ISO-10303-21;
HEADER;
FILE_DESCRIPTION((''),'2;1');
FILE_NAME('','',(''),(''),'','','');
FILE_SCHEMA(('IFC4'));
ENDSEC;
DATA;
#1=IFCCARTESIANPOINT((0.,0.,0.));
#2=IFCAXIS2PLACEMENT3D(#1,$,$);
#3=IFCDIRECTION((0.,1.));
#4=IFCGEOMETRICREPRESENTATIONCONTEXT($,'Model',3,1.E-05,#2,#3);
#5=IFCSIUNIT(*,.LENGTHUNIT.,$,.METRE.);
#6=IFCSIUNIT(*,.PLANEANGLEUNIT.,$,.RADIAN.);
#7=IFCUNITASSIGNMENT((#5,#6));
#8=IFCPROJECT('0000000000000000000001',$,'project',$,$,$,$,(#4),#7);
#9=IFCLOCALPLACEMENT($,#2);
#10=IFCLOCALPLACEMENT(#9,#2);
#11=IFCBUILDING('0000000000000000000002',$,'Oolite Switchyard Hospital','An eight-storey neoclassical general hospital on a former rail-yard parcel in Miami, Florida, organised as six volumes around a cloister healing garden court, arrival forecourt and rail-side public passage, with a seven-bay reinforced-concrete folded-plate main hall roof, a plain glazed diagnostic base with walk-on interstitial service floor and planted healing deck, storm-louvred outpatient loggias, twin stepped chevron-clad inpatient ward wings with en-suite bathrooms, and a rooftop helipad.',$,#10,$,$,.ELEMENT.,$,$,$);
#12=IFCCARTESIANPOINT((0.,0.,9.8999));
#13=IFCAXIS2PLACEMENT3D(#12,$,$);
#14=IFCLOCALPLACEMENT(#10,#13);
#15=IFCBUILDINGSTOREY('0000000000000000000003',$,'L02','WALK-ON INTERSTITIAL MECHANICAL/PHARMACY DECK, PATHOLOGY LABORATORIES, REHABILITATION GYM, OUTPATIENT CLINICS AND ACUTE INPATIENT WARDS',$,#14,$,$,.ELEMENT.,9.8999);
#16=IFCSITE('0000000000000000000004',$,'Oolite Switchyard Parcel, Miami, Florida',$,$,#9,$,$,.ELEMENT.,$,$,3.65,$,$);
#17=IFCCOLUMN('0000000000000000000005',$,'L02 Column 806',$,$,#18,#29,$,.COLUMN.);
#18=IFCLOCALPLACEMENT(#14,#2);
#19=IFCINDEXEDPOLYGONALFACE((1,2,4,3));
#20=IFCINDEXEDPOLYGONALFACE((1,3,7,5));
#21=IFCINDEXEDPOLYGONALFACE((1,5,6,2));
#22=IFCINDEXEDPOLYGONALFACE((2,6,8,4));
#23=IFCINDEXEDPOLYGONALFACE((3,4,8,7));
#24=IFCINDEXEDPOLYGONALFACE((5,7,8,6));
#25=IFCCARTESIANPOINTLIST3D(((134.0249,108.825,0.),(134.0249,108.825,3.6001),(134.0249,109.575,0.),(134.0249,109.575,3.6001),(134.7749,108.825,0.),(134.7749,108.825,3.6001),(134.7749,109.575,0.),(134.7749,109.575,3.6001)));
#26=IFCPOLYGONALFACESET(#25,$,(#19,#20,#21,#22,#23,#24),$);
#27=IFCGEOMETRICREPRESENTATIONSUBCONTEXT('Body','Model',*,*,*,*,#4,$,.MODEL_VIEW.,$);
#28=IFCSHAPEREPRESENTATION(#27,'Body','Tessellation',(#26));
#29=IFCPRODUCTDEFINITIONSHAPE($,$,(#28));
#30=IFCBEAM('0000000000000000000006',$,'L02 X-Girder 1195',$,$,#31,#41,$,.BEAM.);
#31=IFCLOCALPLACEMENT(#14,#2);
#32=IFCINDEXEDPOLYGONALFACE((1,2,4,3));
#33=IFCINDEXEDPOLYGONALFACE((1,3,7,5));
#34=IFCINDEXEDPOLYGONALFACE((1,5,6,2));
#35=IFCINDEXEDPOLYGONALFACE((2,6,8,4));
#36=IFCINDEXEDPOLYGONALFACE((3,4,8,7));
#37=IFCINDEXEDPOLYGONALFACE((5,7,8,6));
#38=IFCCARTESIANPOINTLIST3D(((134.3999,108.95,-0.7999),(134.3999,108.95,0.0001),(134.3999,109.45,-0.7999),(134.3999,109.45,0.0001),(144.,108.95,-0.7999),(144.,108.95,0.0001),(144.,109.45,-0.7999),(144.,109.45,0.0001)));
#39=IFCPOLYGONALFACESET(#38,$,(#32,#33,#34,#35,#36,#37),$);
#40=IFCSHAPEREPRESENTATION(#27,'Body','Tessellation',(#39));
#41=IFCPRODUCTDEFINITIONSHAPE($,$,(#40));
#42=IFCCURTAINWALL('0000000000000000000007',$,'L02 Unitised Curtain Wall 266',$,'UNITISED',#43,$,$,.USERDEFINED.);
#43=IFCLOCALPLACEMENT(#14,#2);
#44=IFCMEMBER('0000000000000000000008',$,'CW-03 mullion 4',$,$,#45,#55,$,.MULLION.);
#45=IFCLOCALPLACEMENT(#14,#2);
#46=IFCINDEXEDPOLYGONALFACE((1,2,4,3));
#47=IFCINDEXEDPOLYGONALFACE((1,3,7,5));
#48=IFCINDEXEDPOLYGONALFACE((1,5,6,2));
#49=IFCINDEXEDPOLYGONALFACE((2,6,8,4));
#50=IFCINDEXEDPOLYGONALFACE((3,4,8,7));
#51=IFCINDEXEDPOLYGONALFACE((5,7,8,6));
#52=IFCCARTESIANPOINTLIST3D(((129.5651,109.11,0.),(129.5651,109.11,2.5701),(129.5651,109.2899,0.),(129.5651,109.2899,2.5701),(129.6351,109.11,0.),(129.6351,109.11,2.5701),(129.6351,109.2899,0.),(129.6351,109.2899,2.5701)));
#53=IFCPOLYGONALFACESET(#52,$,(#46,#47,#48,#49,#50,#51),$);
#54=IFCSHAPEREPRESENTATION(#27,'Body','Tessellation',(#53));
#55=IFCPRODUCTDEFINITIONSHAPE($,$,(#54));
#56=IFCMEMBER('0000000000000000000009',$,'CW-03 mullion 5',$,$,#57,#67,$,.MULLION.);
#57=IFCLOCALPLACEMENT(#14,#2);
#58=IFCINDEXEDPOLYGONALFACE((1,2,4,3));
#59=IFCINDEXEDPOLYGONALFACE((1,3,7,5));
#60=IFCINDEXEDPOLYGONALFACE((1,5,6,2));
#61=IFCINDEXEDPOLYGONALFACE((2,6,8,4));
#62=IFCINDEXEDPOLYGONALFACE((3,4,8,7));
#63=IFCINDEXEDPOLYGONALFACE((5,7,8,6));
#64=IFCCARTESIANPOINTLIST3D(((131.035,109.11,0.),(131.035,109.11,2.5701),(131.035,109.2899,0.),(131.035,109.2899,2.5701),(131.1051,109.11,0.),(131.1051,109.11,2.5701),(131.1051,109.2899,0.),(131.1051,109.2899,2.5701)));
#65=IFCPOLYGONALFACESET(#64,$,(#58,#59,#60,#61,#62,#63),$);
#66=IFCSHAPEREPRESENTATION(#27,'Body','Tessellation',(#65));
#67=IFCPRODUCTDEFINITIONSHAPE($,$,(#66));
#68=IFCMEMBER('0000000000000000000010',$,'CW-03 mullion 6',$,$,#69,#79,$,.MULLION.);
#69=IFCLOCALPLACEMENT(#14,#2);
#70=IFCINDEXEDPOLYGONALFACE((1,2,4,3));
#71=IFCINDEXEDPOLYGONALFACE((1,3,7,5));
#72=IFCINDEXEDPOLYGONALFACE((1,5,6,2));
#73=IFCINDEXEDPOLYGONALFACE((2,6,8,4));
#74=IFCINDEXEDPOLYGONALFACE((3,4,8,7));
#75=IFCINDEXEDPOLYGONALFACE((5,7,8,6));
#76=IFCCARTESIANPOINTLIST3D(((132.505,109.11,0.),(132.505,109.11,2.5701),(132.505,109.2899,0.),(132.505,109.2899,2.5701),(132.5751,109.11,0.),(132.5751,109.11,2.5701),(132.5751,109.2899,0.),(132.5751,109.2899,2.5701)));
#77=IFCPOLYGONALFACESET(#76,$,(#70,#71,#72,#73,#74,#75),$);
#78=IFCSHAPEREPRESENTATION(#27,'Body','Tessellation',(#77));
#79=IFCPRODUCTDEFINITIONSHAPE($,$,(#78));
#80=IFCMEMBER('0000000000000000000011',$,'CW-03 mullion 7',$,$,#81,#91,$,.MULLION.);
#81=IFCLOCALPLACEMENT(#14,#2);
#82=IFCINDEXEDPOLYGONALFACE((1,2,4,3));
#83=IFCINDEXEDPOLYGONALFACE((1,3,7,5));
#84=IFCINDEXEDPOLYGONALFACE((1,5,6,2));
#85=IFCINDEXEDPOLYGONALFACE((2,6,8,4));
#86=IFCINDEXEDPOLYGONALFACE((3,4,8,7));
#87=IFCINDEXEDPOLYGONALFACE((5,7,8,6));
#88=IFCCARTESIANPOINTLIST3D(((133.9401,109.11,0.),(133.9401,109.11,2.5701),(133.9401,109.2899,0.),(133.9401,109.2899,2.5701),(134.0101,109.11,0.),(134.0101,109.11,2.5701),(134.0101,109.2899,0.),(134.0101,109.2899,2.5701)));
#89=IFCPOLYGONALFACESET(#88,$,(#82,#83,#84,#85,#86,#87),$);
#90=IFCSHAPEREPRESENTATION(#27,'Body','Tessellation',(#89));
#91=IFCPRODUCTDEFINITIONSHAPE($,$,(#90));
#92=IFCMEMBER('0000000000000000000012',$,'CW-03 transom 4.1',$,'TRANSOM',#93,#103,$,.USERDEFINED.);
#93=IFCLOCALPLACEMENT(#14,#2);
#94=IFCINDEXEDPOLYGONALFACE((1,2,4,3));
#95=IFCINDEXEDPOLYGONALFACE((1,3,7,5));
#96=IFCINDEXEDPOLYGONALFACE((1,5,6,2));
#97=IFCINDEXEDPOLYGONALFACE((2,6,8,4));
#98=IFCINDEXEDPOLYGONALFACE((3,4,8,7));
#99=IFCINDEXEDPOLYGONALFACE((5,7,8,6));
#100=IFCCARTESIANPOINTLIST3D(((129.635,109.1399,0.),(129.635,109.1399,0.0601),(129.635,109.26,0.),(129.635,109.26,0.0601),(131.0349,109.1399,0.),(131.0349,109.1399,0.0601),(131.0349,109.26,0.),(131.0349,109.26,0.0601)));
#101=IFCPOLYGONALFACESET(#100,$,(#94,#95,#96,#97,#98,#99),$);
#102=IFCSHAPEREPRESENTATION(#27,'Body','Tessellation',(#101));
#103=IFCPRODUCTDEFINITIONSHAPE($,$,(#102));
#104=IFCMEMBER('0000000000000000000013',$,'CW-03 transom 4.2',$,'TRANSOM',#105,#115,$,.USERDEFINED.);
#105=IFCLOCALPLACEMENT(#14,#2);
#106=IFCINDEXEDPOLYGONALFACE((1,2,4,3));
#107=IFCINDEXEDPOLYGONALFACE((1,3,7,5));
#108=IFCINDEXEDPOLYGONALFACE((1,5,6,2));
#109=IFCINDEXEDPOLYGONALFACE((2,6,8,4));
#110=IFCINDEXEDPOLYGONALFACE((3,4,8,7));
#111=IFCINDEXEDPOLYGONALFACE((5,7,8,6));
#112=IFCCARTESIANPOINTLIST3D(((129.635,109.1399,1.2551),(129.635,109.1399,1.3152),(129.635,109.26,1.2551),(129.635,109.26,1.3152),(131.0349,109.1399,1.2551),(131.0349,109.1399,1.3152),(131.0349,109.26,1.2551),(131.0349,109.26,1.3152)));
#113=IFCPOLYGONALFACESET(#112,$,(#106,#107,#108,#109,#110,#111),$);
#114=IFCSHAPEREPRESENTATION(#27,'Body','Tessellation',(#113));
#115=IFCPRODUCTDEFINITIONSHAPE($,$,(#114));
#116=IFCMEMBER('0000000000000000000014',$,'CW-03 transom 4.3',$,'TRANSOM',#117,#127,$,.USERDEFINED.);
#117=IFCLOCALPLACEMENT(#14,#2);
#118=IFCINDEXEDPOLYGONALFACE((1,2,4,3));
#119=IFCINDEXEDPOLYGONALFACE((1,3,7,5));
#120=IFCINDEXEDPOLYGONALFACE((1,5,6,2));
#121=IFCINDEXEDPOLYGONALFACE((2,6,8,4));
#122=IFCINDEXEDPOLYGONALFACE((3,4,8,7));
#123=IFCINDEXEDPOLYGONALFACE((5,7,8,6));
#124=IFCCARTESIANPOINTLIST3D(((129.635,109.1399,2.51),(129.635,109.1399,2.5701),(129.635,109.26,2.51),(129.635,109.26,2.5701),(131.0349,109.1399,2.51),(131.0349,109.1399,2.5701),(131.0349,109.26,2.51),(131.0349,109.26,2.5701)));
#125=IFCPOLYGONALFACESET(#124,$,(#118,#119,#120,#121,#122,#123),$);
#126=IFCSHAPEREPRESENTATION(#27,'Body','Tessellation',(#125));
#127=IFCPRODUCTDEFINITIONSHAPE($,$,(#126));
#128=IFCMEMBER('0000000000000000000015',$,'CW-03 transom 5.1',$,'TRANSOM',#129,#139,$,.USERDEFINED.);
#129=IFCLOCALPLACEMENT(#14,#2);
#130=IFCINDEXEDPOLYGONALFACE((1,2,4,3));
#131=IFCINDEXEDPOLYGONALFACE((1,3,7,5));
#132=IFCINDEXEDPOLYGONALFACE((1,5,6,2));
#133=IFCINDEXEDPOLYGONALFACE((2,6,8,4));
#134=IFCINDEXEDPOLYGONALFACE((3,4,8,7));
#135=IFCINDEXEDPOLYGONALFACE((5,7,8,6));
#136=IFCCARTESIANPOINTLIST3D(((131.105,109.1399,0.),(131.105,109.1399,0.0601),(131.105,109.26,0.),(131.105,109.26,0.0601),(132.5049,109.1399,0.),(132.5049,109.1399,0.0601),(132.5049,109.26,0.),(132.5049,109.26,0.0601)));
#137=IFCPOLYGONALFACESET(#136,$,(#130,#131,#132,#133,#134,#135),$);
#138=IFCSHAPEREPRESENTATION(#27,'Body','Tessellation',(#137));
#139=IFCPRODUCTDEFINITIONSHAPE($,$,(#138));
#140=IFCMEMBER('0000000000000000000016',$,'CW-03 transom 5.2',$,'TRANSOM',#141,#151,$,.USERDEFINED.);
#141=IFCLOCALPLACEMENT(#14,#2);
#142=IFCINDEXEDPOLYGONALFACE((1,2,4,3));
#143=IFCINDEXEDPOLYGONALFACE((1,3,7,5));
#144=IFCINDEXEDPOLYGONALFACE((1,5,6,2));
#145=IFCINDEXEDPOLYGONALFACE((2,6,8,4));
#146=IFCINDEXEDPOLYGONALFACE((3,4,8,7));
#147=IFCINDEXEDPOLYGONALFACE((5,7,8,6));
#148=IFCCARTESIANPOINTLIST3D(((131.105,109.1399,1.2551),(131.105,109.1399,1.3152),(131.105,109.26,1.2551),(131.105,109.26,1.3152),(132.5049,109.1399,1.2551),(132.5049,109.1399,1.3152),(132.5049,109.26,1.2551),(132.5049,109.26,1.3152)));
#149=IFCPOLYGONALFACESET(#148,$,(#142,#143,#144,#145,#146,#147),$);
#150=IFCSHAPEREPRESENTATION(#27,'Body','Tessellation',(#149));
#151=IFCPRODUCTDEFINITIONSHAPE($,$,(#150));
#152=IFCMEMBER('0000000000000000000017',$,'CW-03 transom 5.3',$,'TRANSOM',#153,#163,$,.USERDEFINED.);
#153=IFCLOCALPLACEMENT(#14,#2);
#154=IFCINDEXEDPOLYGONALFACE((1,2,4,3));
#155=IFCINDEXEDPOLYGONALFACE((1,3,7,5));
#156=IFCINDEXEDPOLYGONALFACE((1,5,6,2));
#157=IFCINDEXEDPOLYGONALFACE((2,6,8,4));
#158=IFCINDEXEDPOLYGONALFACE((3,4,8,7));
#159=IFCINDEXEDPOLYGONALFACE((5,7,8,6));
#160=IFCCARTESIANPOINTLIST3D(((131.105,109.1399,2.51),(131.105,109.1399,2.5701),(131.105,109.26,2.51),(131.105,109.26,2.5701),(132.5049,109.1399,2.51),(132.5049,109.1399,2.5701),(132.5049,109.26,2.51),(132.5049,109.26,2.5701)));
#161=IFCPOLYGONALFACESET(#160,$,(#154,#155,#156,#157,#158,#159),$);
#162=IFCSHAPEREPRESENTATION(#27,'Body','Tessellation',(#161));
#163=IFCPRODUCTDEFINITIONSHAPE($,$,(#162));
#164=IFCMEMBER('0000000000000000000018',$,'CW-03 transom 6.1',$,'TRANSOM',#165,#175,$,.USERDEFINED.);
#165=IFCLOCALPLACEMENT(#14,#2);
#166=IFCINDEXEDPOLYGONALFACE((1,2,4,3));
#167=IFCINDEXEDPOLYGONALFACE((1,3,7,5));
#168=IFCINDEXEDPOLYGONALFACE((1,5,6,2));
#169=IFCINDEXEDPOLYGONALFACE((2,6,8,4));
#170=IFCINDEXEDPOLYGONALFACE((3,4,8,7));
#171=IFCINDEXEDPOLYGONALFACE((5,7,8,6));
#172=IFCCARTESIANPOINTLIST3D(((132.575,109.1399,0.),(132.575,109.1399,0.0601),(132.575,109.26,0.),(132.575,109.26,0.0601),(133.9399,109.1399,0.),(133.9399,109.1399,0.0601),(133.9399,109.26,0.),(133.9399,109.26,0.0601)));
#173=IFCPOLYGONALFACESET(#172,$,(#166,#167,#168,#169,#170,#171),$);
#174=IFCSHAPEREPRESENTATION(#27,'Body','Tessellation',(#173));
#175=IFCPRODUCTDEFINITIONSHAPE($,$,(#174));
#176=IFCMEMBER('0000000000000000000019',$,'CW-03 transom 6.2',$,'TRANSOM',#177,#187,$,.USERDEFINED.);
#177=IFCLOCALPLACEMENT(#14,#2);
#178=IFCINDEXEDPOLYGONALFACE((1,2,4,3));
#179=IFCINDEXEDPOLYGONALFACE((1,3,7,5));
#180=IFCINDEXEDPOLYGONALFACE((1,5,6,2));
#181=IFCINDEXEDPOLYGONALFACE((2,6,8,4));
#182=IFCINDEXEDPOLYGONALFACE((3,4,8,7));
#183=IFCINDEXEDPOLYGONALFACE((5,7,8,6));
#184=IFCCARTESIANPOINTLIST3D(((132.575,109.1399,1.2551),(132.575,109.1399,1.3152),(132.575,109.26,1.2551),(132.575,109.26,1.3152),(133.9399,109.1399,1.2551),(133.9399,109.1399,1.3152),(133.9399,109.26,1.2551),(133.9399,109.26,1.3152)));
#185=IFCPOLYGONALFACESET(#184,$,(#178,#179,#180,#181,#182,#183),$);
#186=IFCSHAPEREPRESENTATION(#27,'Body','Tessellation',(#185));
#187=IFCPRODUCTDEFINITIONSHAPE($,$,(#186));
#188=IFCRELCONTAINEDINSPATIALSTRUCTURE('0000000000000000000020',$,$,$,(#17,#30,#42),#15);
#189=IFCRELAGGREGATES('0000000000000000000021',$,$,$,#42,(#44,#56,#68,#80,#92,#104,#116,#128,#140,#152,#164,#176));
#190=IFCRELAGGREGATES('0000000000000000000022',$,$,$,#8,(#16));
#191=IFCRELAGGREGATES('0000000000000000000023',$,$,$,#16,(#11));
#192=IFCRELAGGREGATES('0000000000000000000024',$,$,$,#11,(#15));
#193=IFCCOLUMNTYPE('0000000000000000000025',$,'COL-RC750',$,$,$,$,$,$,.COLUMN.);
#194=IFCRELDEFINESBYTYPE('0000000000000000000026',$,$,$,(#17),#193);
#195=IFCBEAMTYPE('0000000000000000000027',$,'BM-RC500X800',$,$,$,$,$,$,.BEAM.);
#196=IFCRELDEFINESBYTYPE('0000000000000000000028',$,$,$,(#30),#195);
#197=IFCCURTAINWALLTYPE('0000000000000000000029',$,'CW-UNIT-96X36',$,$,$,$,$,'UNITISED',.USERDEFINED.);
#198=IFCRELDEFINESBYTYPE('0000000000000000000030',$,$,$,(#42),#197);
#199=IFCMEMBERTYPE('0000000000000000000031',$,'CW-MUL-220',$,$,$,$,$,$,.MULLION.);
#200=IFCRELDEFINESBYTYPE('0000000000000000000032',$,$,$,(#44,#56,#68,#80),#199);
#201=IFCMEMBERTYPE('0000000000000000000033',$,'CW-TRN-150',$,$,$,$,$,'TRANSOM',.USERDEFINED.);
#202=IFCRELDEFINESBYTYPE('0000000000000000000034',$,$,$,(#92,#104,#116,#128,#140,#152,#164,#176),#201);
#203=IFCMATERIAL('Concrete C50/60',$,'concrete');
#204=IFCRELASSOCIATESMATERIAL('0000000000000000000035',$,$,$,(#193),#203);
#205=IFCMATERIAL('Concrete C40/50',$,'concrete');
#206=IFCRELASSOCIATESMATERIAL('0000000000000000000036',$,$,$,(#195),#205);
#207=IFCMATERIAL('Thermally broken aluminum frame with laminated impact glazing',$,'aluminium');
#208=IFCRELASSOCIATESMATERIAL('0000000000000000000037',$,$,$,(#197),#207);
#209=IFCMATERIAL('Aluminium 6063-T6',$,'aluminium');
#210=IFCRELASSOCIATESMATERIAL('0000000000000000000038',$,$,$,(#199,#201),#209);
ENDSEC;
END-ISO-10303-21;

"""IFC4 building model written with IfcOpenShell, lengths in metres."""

from ifc_helpers import new_model, si_unit, direction, frame, origin, origin_2d, place, context, subcontext, project, spatial, rectangle, extrude, material, material_profile, profile_set, type_object, element, aggregate, save


model = new_model("IFC4")

# Units and contexts
model_context = context("Model", 3, precision=1e-05, world=origin(), true_north=direction((0.0, 1.0)))
body_context = subcontext(model_context, "Body", "Model", "MODEL_VIEW")
ifc_project = project(units=[si_unit("LENGTHUNIT", "METRE"), si_unit("PLANEANGLEUNIT", "RADIAN")], contexts=[model_context])

# Site, building, storey
site_placement = place(None, origin())
site = spatial("IfcSite", under=ifc_project, at=site_placement, Name="Oolite Switchyard Parcel, Miami, Florida", CompositionType="ELEMENT", RefElevation=3.65)
building_placement = place(site_placement, origin())
building = spatial("IfcBuilding", under=site, at=building_placement, Name="Oolite Switchyard Hospital", Description="An eight-storey neoclassical general hospital on a former rail-yard parcel in Miami, Florida, organised as six volumes around a cloister healing garden court, arrival forecourt and rail-side public passage, with a seven-bay reinforced-concrete folded-plate main hall roof, a plain glazed diagnostic base with walk-on interstitial service floor and planted healing deck, storm-louvred outpatient loggias, twin stepped chevron-clad inpatient ward wings with en-suite bathrooms, and a rooftop helipad.", CompositionType="ELEMENT")
storey_placement = place(building_placement, frame((0.0, 0.0, 9.8999)))
storey = spatial("IfcBuildingStorey", under=building, at=storey_placement, Name="L02", Description="WALK-ON INTERSTITIAL MECHANICAL/PHARMACY DECK, PATHOLOGY LABORATORIES, REHABILITATION GYM, OUTPATIENT CLINICS AND ACUTE INPATIENT WARDS", CompositionType="ELEMENT", Elevation=9.8999)

# Column
ifc_material_1 = material(Name="Concrete C50/60", Category="concrete")
ifc_material_profile_1 = material_profile(ifc_material_1, rectangle(XDim=0.75, YDim=0.75, at=origin_2d()), Name="RC750X750")
ifc_profile_set_1 = profile_set([ifc_material_profile_1], Name="Concrete C50/60")
column_type = type_object("IfcColumnType", Name="COL-RC750", PredefinedType="COLUMN", material=ifc_profile_set_1)
column_placement = place(storey_placement, frame((134.3999, 109.2, 0.0), z_axis=(0.0, 0.0, 1.0), x_axis=(1.0, 0.0, 0.0)))
element("IfcColumn", 1, at=column_placement, inside=storey, type_object=column_type, Name="L02 Column 806", PredefinedType="COLUMN", context=body_context, shape_type="SweptSolid", body=[
    extrude(rectangle(XDim=0.75, YDim=0.75, at=origin_2d()), origin(), (0.0, 0.0, 1.0), 3.6001),
])

# Beam
ifc_material_2 = material(Name="Concrete C40/50", Category="concrete")
ifc_material_profile_2 = material_profile(ifc_material_2, rectangle(XDim=0.5, YDim=0.8, at=origin_2d()), Name="RCB500X800")
ifc_profile_set_2 = profile_set([ifc_material_profile_2], Name="Concrete C40/50")
beam_type = type_object("IfcBeamType", Name="BM-RC500X800", PredefinedType="BEAM", material=ifc_profile_set_2)
beam_placement = place(storey_placement, frame((134.3999, 109.2, -0.3999), z_axis=(1.0, 0.0, 0.0), x_axis=(0.0, 1.0, 0.0)))
element("IfcBeam", 2, at=beam_placement, inside=storey, type_object=beam_type, Name="L02 X-Girder 1195", PredefinedType="BEAM", context=body_context, shape_type="SweptSolid", body=[
    extrude(rectangle(XDim=0.5, YDim=0.8, at=origin_2d()), origin(), (0.0, 0.0, 1.0), 9.6001),
])

# Curtain wall, members
ifc_material_3 = material(Name="Thermally broken aluminum frame with laminated impact glazing", Category="aluminium")
curtain_wall_type = type_object("IfcCurtainWallType", Name="CW-UNIT-96X36", ElementType="UNITISED", PredefinedType="USERDEFINED", material=ifc_material_3)
curtain_wall_placement = place(storey_placement, origin())
curtain_wall = element("IfcCurtainWall", 3, at=curtain_wall_placement, inside=storey, type_object=curtain_wall_type, Name="L02 Unitised Curtain Wall 266", ObjectType="UNITISED", PredefinedType="USERDEFINED")
ifc_material_4 = material(Name="Aluminium 6063-T6", Category="aluminium")
ifc_material_profile_3 = material_profile(ifc_material_4, rectangle(XDim=0.1799, YDim=0.0701, at=origin_2d()), Name="CWM70X180")
ifc_profile_set_3 = profile_set([ifc_material_profile_3], Name="Aluminium 6063-T6")
member_type_1 = type_object("IfcMemberType", Name="CW-MUL-220", PredefinedType="MULLION", material=ifc_profile_set_3)
member_1_placement = place(storey_placement, frame((129.6001, 109.2, 0.0), z_axis=(0.0, 0.0, 1.0), x_axis=(0.0, 1.0, 0.0)))
member_1 = element("IfcMember", 4, at=member_1_placement, type_object=member_type_1, Name="CW-03 mullion 4", PredefinedType="MULLION", context=body_context, shape_type="SweptSolid", body=[
    extrude(rectangle(XDim=0.1799, YDim=0.0701, at=origin_2d()), origin(), (0.0, 0.0, 1.0), 2.5701),
])
member_2_placement = place(storey_placement, frame((131.0701, 109.2, 0.0), z_axis=(0.0, 0.0, 1.0), x_axis=(0.0, 1.0, 0.0)))
member_2 = element("IfcMember", 5, at=member_2_placement, type_object=member_type_1, Name="CW-03 mullion 5", PredefinedType="MULLION", context=body_context, shape_type="SweptSolid", body=[
    extrude(rectangle(XDim=0.1799, YDim=0.0701, at=origin_2d()), origin(), (0.0, 0.0, 1.0), 2.5701),
])
member_3_placement = place(storey_placement, frame((132.54, 109.2, 0.0), z_axis=(0.0, 0.0, 1.0), x_axis=(0.0, 1.0, 0.0)))
member_3 = element("IfcMember", 6, at=member_3_placement, type_object=member_type_1, Name="CW-03 mullion 6", PredefinedType="MULLION", context=body_context, shape_type="SweptSolid", body=[
    extrude(rectangle(XDim=0.1799, YDim=0.0701, at=origin_2d()), origin(), (0.0, 0.0, 1.0), 2.5701),
])
member_4_placement = place(storey_placement, frame((133.9751, 109.2, 0.0), z_axis=(0.0, 0.0, 1.0), x_axis=(0.0, 1.0, 0.0)))
member_4 = element("IfcMember", 7, at=member_4_placement, type_object=member_type_1, Name="CW-03 mullion 7", PredefinedType="MULLION", context=body_context, shape_type="SweptSolid", body=[
    extrude(rectangle(XDim=0.1799, YDim=0.0701, at=origin_2d()), origin(), (0.0, 0.0, 1.0), 2.5701),
])
ifc_material_profile_4 = material_profile(ifc_material_4, rectangle(XDim=0.1201, YDim=0.0601, at=origin_2d()), Name="CWT60X120")
ifc_profile_set_4 = profile_set([ifc_material_profile_4], Name="Aluminium 6063-T6")
member_type_2 = type_object("IfcMemberType", Name="CW-TRN-150", ElementType="TRANSOM", PredefinedType="USERDEFINED", material=ifc_profile_set_4)
member_5_placement = place(storey_placement, frame((129.635, 109.2, 0.03), z_axis=(1.0, 0.0, 0.0), x_axis=(0.0, 1.0, 0.0)))
member_5 = element("IfcMember", 8, at=member_5_placement, type_object=member_type_2, Name="CW-03 transom 4.1", ObjectType="TRANSOM", PredefinedType="USERDEFINED", context=body_context, shape_type="SweptSolid", body=[
    extrude(rectangle(XDim=0.1201, YDim=0.0601, at=origin_2d()), origin(), (0.0, 0.0, 1.0), 1.3999),
])
member_6_placement = place(storey_placement, frame((129.635, 109.2, 1.2852), z_axis=(1.0, 0.0, 0.0), x_axis=(0.0, 1.0, 0.0)))
member_6 = element("IfcMember", 9, at=member_6_placement, type_object=member_type_2, Name="CW-03 transom 4.2", ObjectType="TRANSOM", PredefinedType="USERDEFINED", context=body_context, shape_type="SweptSolid", body=[
    extrude(rectangle(XDim=0.1201, YDim=0.0601, at=origin_2d()), origin(), (0.0, 0.0, 1.0), 1.3999),
])
member_7_placement = place(storey_placement, frame((129.635, 109.2, 2.54), z_axis=(1.0, 0.0, 0.0), x_axis=(0.0, 1.0, 0.0)))
member_7 = element("IfcMember", 10, at=member_7_placement, type_object=member_type_2, Name="CW-03 transom 4.3", ObjectType="TRANSOM", PredefinedType="USERDEFINED", context=body_context, shape_type="SweptSolid", body=[
    extrude(rectangle(XDim=0.1201, YDim=0.0601, at=origin_2d()), origin(), (0.0, 0.0, 1.0), 1.3999),
])
member_8_placement = place(storey_placement, frame((131.105, 109.2, 0.03), z_axis=(1.0, 0.0, 0.0), x_axis=(0.0, 1.0, 0.0)))
member_8 = element("IfcMember", 11, at=member_8_placement, type_object=member_type_2, Name="CW-03 transom 5.1", ObjectType="TRANSOM", PredefinedType="USERDEFINED", context=body_context, shape_type="SweptSolid", body=[
    extrude(rectangle(XDim=0.1201, YDim=0.0601, at=origin_2d()), origin(), (0.0, 0.0, 1.0), 1.3999),
])
member_9_placement = place(storey_placement, frame((131.105, 109.2, 1.2852), z_axis=(1.0, 0.0, 0.0), x_axis=(0.0, 1.0, 0.0)))
member_9 = element("IfcMember", 12, at=member_9_placement, type_object=member_type_2, Name="CW-03 transom 5.2", ObjectType="TRANSOM", PredefinedType="USERDEFINED", context=body_context, shape_type="SweptSolid", body=[
    extrude(rectangle(XDim=0.1201, YDim=0.0601, at=origin_2d()), origin(), (0.0, 0.0, 1.0), 1.3999),
])
member_10_placement = place(storey_placement, frame((131.105, 109.2, 2.54), z_axis=(1.0, 0.0, 0.0), x_axis=(0.0, 1.0, 0.0)))
member_10 = element("IfcMember", 13, at=member_10_placement, type_object=member_type_2, Name="CW-03 transom 5.3", ObjectType="TRANSOM", PredefinedType="USERDEFINED", context=body_context, shape_type="SweptSolid", body=[
    extrude(rectangle(XDim=0.1201, YDim=0.0601, at=origin_2d()), origin(), (0.0, 0.0, 1.0), 1.3999),
])
member_11_placement = place(storey_placement, frame((132.575, 109.2, 0.03), z_axis=(1.0, 0.0, 0.0), x_axis=(0.0, 1.0, 0.0)))
member_11 = element("IfcMember", 14, at=member_11_placement, type_object=member_type_2, Name="CW-03 transom 6.1", ObjectType="TRANSOM", PredefinedType="USERDEFINED", context=body_context, shape_type="SweptSolid", body=[
    extrude(rectangle(XDim=0.1201, YDim=0.0601, at=origin_2d()), origin(), (0.0, 0.0, 1.0), 1.365),
])
member_12_placement = place(storey_placement, frame((132.575, 109.2, 1.2852), z_axis=(1.0, 0.0, 0.0), x_axis=(0.0, 1.0, 0.0)))
member_12 = element("IfcMember", 15, at=member_12_placement, type_object=member_type_2, Name="CW-03 transom 6.2", ObjectType="TRANSOM", PredefinedType="USERDEFINED", context=body_context, shape_type="SweptSolid", body=[
    extrude(rectangle(XDim=0.1201, YDim=0.0601, at=origin_2d()), origin(), (0.0, 0.0, 1.0), 1.365),
])
aggregate(curtain_wall, [member_1, member_2, member_3, member_4, member_5, member_6, member_7, member_8, member_9, member_10, member_11, member_12])

save(model, "model.ifc")
